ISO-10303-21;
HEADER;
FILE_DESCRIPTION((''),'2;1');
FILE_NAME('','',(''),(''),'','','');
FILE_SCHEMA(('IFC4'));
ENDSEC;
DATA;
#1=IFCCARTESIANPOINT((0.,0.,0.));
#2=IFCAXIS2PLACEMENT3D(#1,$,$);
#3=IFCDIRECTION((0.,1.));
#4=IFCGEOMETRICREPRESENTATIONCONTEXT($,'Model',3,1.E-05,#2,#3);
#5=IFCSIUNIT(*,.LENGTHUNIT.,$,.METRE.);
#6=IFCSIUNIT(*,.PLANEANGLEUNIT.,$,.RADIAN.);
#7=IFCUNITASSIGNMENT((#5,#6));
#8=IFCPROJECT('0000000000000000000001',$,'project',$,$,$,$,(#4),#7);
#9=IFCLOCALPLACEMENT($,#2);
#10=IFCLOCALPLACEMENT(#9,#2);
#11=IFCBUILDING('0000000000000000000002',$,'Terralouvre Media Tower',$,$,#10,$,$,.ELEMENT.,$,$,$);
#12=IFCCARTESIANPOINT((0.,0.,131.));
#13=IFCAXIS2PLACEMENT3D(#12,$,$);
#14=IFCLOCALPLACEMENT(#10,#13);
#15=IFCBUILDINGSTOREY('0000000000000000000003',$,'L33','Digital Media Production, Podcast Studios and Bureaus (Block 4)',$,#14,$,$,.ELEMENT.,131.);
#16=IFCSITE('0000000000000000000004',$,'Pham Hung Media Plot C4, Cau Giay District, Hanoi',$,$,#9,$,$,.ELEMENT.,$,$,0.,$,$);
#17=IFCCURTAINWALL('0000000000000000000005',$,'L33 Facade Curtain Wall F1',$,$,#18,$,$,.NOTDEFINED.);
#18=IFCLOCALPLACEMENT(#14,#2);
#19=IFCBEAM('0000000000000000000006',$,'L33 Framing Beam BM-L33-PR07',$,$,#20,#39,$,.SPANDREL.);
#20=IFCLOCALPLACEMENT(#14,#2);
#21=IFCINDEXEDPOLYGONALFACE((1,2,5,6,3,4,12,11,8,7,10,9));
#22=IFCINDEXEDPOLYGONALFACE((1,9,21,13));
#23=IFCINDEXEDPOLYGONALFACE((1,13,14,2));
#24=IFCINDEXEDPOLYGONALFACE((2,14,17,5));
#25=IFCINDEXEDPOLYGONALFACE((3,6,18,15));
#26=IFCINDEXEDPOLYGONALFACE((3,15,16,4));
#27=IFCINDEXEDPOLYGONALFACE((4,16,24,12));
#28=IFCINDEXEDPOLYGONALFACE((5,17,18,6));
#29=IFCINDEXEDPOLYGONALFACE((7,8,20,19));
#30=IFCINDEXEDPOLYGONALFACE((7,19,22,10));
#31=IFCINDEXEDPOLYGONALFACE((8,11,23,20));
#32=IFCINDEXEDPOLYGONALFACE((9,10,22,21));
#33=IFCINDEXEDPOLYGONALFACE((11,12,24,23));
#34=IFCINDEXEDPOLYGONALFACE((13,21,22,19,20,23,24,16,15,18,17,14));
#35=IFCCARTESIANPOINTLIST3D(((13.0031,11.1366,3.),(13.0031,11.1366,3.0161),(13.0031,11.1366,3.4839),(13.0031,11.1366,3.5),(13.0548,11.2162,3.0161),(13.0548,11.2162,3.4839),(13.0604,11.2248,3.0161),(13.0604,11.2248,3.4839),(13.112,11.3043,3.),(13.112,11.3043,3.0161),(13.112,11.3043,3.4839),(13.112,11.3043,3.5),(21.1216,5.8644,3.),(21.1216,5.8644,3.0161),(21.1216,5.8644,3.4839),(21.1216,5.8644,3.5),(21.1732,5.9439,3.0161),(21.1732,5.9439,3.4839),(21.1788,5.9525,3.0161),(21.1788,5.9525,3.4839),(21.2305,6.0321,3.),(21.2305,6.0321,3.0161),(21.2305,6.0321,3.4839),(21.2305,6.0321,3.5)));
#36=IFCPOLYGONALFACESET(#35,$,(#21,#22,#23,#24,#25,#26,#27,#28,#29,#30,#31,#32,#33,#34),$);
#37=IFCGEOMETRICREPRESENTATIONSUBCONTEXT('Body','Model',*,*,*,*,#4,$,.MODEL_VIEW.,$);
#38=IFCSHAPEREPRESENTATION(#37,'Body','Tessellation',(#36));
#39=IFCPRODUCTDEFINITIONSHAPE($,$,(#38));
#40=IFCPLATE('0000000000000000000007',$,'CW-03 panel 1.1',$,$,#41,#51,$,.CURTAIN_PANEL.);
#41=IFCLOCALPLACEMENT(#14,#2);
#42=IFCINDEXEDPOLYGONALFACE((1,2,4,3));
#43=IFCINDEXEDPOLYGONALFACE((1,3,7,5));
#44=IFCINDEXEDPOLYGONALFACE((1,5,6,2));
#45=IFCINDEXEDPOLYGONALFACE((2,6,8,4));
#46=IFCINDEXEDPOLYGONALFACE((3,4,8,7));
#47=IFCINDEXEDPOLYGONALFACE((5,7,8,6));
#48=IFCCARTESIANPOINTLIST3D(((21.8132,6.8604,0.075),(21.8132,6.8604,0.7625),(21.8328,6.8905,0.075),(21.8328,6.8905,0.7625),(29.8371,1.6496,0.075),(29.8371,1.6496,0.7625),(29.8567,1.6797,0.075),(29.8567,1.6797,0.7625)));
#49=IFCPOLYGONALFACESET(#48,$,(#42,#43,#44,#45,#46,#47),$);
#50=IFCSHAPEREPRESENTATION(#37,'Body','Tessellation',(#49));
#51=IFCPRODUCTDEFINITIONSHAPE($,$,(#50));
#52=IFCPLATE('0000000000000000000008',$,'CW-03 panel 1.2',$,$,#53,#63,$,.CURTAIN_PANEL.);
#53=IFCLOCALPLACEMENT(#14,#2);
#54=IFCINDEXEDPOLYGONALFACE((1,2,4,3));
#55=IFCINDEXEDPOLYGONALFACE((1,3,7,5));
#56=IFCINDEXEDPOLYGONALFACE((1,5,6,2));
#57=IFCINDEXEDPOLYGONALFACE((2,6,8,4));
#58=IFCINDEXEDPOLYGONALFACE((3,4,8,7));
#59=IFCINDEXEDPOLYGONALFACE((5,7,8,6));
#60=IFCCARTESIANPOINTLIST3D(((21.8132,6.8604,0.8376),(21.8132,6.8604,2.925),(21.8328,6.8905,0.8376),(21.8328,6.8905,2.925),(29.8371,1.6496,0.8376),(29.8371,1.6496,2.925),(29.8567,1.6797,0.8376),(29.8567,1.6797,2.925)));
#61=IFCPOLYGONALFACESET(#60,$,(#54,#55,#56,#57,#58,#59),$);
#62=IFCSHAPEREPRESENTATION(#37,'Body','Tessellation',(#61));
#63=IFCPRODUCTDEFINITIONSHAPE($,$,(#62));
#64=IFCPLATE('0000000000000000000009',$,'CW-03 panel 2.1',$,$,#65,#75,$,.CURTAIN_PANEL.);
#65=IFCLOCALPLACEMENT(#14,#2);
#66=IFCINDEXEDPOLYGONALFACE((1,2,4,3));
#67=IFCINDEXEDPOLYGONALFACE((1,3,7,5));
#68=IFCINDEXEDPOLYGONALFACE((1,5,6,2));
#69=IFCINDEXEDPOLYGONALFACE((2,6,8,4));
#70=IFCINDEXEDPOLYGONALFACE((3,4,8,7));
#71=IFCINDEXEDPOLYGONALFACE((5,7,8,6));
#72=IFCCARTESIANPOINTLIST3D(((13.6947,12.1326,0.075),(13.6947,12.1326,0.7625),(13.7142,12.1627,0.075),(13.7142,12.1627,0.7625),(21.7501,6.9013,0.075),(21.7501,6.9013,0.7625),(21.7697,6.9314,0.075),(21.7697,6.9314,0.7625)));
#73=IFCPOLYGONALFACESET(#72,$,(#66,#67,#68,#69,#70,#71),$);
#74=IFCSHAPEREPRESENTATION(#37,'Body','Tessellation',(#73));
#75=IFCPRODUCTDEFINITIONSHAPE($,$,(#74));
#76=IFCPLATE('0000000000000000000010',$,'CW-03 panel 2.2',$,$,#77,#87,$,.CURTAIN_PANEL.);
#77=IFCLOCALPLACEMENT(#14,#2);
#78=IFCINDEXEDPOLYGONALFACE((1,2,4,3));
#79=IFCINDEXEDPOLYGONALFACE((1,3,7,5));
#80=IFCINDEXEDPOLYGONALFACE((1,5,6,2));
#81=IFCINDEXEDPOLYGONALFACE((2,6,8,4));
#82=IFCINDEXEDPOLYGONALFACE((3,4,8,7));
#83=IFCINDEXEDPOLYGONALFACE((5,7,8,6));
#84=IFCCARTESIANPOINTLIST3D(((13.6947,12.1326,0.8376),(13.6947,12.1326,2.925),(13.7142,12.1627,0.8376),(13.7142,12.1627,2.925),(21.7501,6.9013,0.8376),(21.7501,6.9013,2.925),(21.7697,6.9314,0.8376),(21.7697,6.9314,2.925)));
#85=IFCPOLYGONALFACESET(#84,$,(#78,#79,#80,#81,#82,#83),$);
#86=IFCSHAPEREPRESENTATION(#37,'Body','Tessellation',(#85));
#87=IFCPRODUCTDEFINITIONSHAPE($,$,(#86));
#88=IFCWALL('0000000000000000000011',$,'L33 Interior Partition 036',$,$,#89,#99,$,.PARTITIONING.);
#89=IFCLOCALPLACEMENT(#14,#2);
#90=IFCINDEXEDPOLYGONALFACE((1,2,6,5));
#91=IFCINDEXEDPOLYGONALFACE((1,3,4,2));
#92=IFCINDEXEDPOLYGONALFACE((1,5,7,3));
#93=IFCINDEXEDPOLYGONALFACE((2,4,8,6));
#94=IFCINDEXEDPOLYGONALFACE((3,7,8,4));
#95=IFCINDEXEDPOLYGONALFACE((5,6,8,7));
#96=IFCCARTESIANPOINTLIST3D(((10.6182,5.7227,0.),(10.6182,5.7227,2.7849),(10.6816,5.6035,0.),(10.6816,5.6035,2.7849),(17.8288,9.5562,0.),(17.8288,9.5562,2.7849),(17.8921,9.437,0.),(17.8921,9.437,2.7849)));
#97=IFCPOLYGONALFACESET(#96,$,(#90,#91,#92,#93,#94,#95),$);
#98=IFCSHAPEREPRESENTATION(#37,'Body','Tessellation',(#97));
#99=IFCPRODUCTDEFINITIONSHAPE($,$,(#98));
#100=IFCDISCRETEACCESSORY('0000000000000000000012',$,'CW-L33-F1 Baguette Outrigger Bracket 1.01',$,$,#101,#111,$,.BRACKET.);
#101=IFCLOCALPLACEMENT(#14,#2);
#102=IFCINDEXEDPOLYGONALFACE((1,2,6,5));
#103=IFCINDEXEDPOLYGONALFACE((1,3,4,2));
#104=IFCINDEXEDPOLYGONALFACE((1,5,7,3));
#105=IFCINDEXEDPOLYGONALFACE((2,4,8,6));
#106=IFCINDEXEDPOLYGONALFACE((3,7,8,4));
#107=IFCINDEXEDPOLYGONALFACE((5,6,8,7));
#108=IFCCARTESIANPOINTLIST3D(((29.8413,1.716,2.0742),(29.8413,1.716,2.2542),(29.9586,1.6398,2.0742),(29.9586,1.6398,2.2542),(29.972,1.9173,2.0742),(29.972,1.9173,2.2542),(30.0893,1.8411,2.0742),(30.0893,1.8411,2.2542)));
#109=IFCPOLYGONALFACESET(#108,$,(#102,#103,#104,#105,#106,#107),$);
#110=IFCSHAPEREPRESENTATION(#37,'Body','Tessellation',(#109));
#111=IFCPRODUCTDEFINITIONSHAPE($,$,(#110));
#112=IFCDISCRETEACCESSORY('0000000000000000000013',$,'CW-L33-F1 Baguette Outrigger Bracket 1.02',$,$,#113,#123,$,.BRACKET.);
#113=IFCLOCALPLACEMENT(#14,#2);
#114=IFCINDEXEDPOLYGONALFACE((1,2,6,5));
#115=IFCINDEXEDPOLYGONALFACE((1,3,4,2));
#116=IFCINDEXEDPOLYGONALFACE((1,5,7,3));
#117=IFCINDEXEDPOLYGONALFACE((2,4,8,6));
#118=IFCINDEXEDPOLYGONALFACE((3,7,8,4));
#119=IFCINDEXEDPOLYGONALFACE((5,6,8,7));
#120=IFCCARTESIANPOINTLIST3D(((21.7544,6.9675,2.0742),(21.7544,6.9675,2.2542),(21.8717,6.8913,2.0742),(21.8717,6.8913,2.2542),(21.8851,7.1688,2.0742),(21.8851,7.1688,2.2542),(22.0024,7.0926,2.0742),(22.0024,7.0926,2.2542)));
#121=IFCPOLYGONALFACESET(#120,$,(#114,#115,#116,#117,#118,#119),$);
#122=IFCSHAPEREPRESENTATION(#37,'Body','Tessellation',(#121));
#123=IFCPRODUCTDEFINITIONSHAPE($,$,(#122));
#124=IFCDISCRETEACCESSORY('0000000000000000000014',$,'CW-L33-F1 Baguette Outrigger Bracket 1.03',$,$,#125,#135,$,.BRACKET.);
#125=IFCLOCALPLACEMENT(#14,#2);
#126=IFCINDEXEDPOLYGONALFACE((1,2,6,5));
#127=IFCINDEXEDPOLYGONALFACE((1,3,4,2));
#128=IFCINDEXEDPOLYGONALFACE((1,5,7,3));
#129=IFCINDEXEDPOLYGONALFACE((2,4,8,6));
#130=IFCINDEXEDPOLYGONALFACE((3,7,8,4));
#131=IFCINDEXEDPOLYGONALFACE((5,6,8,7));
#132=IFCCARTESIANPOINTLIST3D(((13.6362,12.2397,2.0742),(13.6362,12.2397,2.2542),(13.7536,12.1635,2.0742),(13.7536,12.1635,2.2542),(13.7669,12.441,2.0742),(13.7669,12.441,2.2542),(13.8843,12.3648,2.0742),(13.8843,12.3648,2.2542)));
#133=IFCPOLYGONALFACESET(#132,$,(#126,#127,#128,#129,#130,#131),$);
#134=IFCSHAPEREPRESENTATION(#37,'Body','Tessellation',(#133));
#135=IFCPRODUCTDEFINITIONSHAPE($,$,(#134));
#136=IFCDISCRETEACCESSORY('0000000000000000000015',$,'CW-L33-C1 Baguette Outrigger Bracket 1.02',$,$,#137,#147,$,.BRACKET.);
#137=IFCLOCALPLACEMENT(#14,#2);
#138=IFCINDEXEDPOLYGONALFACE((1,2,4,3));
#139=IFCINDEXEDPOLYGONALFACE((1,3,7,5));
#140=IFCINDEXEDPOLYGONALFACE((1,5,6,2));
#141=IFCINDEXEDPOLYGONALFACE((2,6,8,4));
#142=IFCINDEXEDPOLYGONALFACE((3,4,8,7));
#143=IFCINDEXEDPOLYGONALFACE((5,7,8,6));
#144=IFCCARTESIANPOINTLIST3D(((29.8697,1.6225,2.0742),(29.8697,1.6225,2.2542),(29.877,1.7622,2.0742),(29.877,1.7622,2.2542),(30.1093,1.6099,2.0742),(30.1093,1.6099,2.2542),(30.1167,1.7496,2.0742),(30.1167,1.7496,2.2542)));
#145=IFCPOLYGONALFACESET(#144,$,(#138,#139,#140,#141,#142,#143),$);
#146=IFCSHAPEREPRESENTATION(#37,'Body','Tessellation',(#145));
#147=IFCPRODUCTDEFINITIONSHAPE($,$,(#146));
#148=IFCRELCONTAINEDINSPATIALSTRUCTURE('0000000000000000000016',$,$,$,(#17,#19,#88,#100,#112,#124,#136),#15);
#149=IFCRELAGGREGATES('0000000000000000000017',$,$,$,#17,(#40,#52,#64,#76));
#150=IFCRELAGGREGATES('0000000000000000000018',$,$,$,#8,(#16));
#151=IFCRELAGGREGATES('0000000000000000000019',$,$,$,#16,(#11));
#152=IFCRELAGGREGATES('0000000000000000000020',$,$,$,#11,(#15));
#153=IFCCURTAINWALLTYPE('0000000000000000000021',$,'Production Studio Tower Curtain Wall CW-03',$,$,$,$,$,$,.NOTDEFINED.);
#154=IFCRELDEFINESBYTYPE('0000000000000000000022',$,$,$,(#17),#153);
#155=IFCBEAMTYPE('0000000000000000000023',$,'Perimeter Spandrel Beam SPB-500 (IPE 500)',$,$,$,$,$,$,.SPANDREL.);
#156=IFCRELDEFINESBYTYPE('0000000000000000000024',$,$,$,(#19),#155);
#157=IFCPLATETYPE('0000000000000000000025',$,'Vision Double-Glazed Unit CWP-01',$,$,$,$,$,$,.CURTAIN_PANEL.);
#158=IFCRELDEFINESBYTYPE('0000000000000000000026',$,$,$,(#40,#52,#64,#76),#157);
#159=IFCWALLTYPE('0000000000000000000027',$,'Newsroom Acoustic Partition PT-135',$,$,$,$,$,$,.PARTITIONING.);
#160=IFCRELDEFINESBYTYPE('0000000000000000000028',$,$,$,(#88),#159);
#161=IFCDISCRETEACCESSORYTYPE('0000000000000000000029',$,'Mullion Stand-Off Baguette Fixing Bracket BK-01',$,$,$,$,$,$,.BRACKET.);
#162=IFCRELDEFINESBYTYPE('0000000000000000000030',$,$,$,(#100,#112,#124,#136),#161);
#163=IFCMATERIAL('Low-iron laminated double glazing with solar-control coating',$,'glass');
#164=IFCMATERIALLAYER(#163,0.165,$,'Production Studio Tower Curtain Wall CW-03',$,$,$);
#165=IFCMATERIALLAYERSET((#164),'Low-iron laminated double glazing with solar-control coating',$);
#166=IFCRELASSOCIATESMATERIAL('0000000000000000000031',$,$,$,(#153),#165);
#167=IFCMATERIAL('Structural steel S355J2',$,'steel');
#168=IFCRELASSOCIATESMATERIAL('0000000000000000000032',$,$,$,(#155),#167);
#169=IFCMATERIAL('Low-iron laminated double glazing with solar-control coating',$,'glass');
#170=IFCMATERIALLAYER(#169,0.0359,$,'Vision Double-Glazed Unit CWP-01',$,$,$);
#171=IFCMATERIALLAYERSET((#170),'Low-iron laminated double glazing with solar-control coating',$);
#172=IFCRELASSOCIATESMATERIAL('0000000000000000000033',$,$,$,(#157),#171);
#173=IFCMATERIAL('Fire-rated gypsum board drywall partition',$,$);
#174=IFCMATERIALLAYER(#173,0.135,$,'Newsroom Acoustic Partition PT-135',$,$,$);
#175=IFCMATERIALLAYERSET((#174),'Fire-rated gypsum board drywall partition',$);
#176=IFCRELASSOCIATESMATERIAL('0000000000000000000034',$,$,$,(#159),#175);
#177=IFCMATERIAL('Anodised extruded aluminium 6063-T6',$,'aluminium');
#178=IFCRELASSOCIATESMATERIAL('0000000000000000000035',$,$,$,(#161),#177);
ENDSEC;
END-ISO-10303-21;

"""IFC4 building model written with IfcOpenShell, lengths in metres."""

from ifc_helpers import new_model, si_unit, direction, frame, frame_2d, origin, origin_2d, place, context, subcontext, project, spatial, rectangle, i_section, extrude, material, layer, layer_set, material_profile, profile_set, type_object, element, aggregate, save


model = new_model("IFC4")

# Units and contexts
model_context = context("Model", 3, precision=1e-05, world=origin(), true_north=direction((0.0, 1.0)))
body_context = subcontext(model_context, "Body", "Model", "MODEL_VIEW")
ifc_project = project(units=[si_unit("LENGTHUNIT", "METRE"), si_unit("PLANEANGLEUNIT", "RADIAN")], contexts=[model_context])

# Site, building, storey
site_placement = place(None, origin())
site = spatial("IfcSite", under=ifc_project, at=site_placement, Name="Pham Hung Media Plot C4, Cau Giay District, Hanoi", CompositionType="ELEMENT", RefElevation=0.0)
building_placement = place(site_placement, origin())
building = spatial("IfcBuilding", under=site, at=building_placement, Name="Terralouvre Media Tower", CompositionType="ELEMENT")
storey_placement = place(building_placement, frame((0.0, 0.0, 131.0)))
storey = spatial("IfcBuildingStorey", under=building, at=storey_placement, Name="L33", Description="Digital Media Production, Podcast Studios and Bureaus (Block 4)", CompositionType="ELEMENT", Elevation=131.0)

# Curtain wall
ifc_material_1 = material(Name="Low-iron laminated double glazing with solar-control coating", Category="glass")
ifc_layer_1 = layer(ifc_material_1, 0.165, Name="Production Studio Tower Curtain Wall CW-03")
ifc_layer_set_1 = layer_set([ifc_layer_1], Name="Low-iron laminated double glazing with solar-control coating")
curtain_wall_type_1 = type_object("IfcCurtainWallType", Name="Production Studio Tower Curtain Wall CW-03", PredefinedType="NOTDEFINED", material=ifc_layer_set_1)
curtain_wall_1_placement = place(storey_placement, origin())
curtain_wall_1 = element("IfcCurtainWall", 1, at=curtain_wall_1_placement, inside=storey, type_object=curtain_wall_type_1, Name="L33 Facade Curtain Wall F1", PredefinedType="NOTDEFINED")

# Beam
ifc_material_2 = material(Name="Structural steel S355J2", Category="steel")
ifc_material_profile_1 = material_profile(ifc_material_2, i_section(OverallWidth=0.2, OverallDepth=0.5, WebThickness=0.0103, FlangeThickness=0.0161, at=origin_2d()), Name="IPE 500")
ifc_profile_set_1 = profile_set([ifc_material_profile_1], Name="Structural steel S355J2")
beam_type_1 = type_object("IfcBeamType", Name="Perimeter Spandrel Beam SPB-500 (IPE 500)", PredefinedType="SPANDREL", material=ifc_profile_set_1)
beam_1_placement = place(storey_placement, frame((21.176, 5.9482, 3.25), z_axis=(-0.838668, 0.544643, 0.0), x_axis=(-0.544643, -0.838668, 0.0)))
element("IfcBeam", 2, at=beam_1_placement, inside=storey, type_object=beam_type_1, Name="L33 Framing Beam BM-L33-PR07", PredefinedType="SPANDREL", context=body_context, shape_type="SweptSolid", body=[
    extrude(i_section(OverallWidth=0.2, OverallDepth=0.5, WebThickness=0.0103, FlangeThickness=0.0161, at=origin_2d()), origin(), (0.0, 0.0, 1.0), 9.6802),
])

# Plates
ifc_material_3 = material(Name="Low-iron laminated double glazing with solar-control coating", Category="glass")
ifc_layer_2 = layer(ifc_material_3, 0.0359, Name="Vision Double-Glazed Unit CWP-01")
ifc_layer_set_2 = layer_set([ifc_layer_2], Name="Low-iron laminated double glazing with solar-control coating")
plate_type = type_object("IfcPlateType", Name="Vision Double-Glazed Unit CWP-01", PredefinedType="CURTAIN_PANEL", material=ifc_layer_set_2)
plate_1_placement = place(storey_placement, frame((25.835, 4.27, 0.075), z_axis=(0.0, 0.0, 1.0), x_axis=(-0.838671, 0.544639, 0.0)))
plate_1 = element("IfcPlate", 3, at=plate_1_placement, type_object=plate_type, Name="CW-03 panel 1.1", PredefinedType="CURTAIN_PANEL", context=body_context, shape_type="SweptSolid", body=[
    extrude(rectangle(XDim=9.5674, YDim=0.0359, at=origin_2d()), origin(), (0.0, 0.0, 1.0), 0.6875),
])
plate_2_placement = place(storey_placement, frame((25.835, 4.27, 0.8376), z_axis=(0.0, 0.0, 1.0), x_axis=(-0.838671, 0.544639, 0.0)))
plate_2 = element("IfcPlate", 4, at=plate_2_placement, type_object=plate_type, Name="CW-03 panel 1.2", PredefinedType="CURTAIN_PANEL", context=body_context, shape_type="SweptSolid", body=[
    extrude(rectangle(XDim=9.5674, YDim=0.0359, at=origin_2d()), origin(), (0.0, 0.0, 1.0), 2.0874),
])
plate_3_placement = place(storey_placement, frame((17.7322, 9.532, 0.075), z_axis=(0.0, 0.0, 1.0), x_axis=(-0.838671, 0.544639, 0.0)))
plate_3 = element("IfcPlate", 5, at=plate_3_placement, type_object=plate_type, Name="CW-03 panel 2.1", PredefinedType="CURTAIN_PANEL", context=body_context, shape_type="SweptSolid", body=[
    extrude(rectangle(XDim=9.605, YDim=0.0359, at=origin_2d()), origin(), (0.0, 0.0, 1.0), 0.6875),
])
plate_4_placement = place(storey_placement, frame((17.7322, 9.532, 0.8376), z_axis=(0.0, 0.0, 1.0), x_axis=(-0.838671, 0.544639, 0.0)))
plate_4 = element("IfcPlate", 6, at=plate_4_placement, type_object=plate_type, Name="CW-03 panel 2.2", PredefinedType="CURTAIN_PANEL", context=body_context, shape_type="SweptSolid", body=[
    extrude(rectangle(XDim=9.605, YDim=0.0359, at=origin_2d()), origin(), (0.0, 0.0, 1.0), 2.0874),
])
aggregate(curtain_wall_1, [plate_1, plate_2, plate_3, plate_4])

# Wall
ifc_material_4 = material(Name="Fire-rated gypsum board drywall partition")
ifc_layer_3 = layer(ifc_material_4, 0.135, Name="Newsroom Acoustic Partition PT-135")
ifc_layer_set_3 = layer_set([ifc_layer_3], Name="Fire-rated gypsum board drywall partition")
wall_type = type_object("IfcWallType", Name="Newsroom Acoustic Partition PT-135", PredefinedType="PARTITIONING", material=ifc_layer_set_3)
wall_placement = place(storey_placement, frame((17.8604, 9.4966, 0.0), z_axis=(0.0, 0.0, 1.0), x_axis=(-0.882966, -0.469436, 0.0)))
element("IfcWall", 7, at=wall_placement, inside=storey, type_object=wall_type, Name="L33 Interior Partition 036", PredefinedType="PARTITIONING", context=body_context, shape_type="SweptSolid", body=[
    extrude(rectangle(XDim=8.1663, YDim=0.135, at=frame_2d((4.083, 0.0))), origin(), (0.0, 0.0, 1.0), 2.7849),
])

# Discrete accessories
ifc_material_5 = material(Name="Anodised extruded aluminium 6063-T6", Category="aluminium")
discrete_accessory_type = type_object("IfcDiscreteAccessoryType", Name="Mullion Stand-Off Baguette Fixing Bracket BK-01", PredefinedType="BRACKET", material=ifc_material_5)
for number, where, z_axis, x_axis, name in (
    (8, (29.9653, 1.7786, 2.0742), (0.0, 0.0, 1.0), (-0.838671, 0.544639, 0.0), "CW-L33-F1 Baguette Outrigger Bracket 1.01"),
    (9, (21.8784, 7.03, 2.0742), (0.0, 0.0, 1.0), (-0.838671, 0.544639, 0.0), "CW-L33-F1 Baguette Outrigger Bracket 1.02"),
    (10, (13.7603, 12.3022, 2.0742), (0.0, 0.0, 1.0), (-0.838671, 0.544639, 0.0), "CW-L33-F1 Baguette Outrigger Bracket 1.03"),
    (11, (29.9932, 1.686, 2.0742), (0.0, 0.0, 1.0), (0.052337, 0.998629, 0.0), "CW-L33-C1 Baguette Outrigger Bracket 1.02"),
):
    element("IfcDiscreteAccessory", number, at=place(storey_placement, frame(where, z_axis=z_axis, x_axis=x_axis)), inside=storey, type_object=discrete_accessory_type, Name=name, PredefinedType="BRACKET", context=body_context, shape_type="SweptSolid", body=[
        extrude(rectangle(XDim=0.1399, YDim=0.24, at=origin_2d()), origin(), (0.0, 0.0, 1.0), 0.1799),
    ])

save(model, "model.ifc")
